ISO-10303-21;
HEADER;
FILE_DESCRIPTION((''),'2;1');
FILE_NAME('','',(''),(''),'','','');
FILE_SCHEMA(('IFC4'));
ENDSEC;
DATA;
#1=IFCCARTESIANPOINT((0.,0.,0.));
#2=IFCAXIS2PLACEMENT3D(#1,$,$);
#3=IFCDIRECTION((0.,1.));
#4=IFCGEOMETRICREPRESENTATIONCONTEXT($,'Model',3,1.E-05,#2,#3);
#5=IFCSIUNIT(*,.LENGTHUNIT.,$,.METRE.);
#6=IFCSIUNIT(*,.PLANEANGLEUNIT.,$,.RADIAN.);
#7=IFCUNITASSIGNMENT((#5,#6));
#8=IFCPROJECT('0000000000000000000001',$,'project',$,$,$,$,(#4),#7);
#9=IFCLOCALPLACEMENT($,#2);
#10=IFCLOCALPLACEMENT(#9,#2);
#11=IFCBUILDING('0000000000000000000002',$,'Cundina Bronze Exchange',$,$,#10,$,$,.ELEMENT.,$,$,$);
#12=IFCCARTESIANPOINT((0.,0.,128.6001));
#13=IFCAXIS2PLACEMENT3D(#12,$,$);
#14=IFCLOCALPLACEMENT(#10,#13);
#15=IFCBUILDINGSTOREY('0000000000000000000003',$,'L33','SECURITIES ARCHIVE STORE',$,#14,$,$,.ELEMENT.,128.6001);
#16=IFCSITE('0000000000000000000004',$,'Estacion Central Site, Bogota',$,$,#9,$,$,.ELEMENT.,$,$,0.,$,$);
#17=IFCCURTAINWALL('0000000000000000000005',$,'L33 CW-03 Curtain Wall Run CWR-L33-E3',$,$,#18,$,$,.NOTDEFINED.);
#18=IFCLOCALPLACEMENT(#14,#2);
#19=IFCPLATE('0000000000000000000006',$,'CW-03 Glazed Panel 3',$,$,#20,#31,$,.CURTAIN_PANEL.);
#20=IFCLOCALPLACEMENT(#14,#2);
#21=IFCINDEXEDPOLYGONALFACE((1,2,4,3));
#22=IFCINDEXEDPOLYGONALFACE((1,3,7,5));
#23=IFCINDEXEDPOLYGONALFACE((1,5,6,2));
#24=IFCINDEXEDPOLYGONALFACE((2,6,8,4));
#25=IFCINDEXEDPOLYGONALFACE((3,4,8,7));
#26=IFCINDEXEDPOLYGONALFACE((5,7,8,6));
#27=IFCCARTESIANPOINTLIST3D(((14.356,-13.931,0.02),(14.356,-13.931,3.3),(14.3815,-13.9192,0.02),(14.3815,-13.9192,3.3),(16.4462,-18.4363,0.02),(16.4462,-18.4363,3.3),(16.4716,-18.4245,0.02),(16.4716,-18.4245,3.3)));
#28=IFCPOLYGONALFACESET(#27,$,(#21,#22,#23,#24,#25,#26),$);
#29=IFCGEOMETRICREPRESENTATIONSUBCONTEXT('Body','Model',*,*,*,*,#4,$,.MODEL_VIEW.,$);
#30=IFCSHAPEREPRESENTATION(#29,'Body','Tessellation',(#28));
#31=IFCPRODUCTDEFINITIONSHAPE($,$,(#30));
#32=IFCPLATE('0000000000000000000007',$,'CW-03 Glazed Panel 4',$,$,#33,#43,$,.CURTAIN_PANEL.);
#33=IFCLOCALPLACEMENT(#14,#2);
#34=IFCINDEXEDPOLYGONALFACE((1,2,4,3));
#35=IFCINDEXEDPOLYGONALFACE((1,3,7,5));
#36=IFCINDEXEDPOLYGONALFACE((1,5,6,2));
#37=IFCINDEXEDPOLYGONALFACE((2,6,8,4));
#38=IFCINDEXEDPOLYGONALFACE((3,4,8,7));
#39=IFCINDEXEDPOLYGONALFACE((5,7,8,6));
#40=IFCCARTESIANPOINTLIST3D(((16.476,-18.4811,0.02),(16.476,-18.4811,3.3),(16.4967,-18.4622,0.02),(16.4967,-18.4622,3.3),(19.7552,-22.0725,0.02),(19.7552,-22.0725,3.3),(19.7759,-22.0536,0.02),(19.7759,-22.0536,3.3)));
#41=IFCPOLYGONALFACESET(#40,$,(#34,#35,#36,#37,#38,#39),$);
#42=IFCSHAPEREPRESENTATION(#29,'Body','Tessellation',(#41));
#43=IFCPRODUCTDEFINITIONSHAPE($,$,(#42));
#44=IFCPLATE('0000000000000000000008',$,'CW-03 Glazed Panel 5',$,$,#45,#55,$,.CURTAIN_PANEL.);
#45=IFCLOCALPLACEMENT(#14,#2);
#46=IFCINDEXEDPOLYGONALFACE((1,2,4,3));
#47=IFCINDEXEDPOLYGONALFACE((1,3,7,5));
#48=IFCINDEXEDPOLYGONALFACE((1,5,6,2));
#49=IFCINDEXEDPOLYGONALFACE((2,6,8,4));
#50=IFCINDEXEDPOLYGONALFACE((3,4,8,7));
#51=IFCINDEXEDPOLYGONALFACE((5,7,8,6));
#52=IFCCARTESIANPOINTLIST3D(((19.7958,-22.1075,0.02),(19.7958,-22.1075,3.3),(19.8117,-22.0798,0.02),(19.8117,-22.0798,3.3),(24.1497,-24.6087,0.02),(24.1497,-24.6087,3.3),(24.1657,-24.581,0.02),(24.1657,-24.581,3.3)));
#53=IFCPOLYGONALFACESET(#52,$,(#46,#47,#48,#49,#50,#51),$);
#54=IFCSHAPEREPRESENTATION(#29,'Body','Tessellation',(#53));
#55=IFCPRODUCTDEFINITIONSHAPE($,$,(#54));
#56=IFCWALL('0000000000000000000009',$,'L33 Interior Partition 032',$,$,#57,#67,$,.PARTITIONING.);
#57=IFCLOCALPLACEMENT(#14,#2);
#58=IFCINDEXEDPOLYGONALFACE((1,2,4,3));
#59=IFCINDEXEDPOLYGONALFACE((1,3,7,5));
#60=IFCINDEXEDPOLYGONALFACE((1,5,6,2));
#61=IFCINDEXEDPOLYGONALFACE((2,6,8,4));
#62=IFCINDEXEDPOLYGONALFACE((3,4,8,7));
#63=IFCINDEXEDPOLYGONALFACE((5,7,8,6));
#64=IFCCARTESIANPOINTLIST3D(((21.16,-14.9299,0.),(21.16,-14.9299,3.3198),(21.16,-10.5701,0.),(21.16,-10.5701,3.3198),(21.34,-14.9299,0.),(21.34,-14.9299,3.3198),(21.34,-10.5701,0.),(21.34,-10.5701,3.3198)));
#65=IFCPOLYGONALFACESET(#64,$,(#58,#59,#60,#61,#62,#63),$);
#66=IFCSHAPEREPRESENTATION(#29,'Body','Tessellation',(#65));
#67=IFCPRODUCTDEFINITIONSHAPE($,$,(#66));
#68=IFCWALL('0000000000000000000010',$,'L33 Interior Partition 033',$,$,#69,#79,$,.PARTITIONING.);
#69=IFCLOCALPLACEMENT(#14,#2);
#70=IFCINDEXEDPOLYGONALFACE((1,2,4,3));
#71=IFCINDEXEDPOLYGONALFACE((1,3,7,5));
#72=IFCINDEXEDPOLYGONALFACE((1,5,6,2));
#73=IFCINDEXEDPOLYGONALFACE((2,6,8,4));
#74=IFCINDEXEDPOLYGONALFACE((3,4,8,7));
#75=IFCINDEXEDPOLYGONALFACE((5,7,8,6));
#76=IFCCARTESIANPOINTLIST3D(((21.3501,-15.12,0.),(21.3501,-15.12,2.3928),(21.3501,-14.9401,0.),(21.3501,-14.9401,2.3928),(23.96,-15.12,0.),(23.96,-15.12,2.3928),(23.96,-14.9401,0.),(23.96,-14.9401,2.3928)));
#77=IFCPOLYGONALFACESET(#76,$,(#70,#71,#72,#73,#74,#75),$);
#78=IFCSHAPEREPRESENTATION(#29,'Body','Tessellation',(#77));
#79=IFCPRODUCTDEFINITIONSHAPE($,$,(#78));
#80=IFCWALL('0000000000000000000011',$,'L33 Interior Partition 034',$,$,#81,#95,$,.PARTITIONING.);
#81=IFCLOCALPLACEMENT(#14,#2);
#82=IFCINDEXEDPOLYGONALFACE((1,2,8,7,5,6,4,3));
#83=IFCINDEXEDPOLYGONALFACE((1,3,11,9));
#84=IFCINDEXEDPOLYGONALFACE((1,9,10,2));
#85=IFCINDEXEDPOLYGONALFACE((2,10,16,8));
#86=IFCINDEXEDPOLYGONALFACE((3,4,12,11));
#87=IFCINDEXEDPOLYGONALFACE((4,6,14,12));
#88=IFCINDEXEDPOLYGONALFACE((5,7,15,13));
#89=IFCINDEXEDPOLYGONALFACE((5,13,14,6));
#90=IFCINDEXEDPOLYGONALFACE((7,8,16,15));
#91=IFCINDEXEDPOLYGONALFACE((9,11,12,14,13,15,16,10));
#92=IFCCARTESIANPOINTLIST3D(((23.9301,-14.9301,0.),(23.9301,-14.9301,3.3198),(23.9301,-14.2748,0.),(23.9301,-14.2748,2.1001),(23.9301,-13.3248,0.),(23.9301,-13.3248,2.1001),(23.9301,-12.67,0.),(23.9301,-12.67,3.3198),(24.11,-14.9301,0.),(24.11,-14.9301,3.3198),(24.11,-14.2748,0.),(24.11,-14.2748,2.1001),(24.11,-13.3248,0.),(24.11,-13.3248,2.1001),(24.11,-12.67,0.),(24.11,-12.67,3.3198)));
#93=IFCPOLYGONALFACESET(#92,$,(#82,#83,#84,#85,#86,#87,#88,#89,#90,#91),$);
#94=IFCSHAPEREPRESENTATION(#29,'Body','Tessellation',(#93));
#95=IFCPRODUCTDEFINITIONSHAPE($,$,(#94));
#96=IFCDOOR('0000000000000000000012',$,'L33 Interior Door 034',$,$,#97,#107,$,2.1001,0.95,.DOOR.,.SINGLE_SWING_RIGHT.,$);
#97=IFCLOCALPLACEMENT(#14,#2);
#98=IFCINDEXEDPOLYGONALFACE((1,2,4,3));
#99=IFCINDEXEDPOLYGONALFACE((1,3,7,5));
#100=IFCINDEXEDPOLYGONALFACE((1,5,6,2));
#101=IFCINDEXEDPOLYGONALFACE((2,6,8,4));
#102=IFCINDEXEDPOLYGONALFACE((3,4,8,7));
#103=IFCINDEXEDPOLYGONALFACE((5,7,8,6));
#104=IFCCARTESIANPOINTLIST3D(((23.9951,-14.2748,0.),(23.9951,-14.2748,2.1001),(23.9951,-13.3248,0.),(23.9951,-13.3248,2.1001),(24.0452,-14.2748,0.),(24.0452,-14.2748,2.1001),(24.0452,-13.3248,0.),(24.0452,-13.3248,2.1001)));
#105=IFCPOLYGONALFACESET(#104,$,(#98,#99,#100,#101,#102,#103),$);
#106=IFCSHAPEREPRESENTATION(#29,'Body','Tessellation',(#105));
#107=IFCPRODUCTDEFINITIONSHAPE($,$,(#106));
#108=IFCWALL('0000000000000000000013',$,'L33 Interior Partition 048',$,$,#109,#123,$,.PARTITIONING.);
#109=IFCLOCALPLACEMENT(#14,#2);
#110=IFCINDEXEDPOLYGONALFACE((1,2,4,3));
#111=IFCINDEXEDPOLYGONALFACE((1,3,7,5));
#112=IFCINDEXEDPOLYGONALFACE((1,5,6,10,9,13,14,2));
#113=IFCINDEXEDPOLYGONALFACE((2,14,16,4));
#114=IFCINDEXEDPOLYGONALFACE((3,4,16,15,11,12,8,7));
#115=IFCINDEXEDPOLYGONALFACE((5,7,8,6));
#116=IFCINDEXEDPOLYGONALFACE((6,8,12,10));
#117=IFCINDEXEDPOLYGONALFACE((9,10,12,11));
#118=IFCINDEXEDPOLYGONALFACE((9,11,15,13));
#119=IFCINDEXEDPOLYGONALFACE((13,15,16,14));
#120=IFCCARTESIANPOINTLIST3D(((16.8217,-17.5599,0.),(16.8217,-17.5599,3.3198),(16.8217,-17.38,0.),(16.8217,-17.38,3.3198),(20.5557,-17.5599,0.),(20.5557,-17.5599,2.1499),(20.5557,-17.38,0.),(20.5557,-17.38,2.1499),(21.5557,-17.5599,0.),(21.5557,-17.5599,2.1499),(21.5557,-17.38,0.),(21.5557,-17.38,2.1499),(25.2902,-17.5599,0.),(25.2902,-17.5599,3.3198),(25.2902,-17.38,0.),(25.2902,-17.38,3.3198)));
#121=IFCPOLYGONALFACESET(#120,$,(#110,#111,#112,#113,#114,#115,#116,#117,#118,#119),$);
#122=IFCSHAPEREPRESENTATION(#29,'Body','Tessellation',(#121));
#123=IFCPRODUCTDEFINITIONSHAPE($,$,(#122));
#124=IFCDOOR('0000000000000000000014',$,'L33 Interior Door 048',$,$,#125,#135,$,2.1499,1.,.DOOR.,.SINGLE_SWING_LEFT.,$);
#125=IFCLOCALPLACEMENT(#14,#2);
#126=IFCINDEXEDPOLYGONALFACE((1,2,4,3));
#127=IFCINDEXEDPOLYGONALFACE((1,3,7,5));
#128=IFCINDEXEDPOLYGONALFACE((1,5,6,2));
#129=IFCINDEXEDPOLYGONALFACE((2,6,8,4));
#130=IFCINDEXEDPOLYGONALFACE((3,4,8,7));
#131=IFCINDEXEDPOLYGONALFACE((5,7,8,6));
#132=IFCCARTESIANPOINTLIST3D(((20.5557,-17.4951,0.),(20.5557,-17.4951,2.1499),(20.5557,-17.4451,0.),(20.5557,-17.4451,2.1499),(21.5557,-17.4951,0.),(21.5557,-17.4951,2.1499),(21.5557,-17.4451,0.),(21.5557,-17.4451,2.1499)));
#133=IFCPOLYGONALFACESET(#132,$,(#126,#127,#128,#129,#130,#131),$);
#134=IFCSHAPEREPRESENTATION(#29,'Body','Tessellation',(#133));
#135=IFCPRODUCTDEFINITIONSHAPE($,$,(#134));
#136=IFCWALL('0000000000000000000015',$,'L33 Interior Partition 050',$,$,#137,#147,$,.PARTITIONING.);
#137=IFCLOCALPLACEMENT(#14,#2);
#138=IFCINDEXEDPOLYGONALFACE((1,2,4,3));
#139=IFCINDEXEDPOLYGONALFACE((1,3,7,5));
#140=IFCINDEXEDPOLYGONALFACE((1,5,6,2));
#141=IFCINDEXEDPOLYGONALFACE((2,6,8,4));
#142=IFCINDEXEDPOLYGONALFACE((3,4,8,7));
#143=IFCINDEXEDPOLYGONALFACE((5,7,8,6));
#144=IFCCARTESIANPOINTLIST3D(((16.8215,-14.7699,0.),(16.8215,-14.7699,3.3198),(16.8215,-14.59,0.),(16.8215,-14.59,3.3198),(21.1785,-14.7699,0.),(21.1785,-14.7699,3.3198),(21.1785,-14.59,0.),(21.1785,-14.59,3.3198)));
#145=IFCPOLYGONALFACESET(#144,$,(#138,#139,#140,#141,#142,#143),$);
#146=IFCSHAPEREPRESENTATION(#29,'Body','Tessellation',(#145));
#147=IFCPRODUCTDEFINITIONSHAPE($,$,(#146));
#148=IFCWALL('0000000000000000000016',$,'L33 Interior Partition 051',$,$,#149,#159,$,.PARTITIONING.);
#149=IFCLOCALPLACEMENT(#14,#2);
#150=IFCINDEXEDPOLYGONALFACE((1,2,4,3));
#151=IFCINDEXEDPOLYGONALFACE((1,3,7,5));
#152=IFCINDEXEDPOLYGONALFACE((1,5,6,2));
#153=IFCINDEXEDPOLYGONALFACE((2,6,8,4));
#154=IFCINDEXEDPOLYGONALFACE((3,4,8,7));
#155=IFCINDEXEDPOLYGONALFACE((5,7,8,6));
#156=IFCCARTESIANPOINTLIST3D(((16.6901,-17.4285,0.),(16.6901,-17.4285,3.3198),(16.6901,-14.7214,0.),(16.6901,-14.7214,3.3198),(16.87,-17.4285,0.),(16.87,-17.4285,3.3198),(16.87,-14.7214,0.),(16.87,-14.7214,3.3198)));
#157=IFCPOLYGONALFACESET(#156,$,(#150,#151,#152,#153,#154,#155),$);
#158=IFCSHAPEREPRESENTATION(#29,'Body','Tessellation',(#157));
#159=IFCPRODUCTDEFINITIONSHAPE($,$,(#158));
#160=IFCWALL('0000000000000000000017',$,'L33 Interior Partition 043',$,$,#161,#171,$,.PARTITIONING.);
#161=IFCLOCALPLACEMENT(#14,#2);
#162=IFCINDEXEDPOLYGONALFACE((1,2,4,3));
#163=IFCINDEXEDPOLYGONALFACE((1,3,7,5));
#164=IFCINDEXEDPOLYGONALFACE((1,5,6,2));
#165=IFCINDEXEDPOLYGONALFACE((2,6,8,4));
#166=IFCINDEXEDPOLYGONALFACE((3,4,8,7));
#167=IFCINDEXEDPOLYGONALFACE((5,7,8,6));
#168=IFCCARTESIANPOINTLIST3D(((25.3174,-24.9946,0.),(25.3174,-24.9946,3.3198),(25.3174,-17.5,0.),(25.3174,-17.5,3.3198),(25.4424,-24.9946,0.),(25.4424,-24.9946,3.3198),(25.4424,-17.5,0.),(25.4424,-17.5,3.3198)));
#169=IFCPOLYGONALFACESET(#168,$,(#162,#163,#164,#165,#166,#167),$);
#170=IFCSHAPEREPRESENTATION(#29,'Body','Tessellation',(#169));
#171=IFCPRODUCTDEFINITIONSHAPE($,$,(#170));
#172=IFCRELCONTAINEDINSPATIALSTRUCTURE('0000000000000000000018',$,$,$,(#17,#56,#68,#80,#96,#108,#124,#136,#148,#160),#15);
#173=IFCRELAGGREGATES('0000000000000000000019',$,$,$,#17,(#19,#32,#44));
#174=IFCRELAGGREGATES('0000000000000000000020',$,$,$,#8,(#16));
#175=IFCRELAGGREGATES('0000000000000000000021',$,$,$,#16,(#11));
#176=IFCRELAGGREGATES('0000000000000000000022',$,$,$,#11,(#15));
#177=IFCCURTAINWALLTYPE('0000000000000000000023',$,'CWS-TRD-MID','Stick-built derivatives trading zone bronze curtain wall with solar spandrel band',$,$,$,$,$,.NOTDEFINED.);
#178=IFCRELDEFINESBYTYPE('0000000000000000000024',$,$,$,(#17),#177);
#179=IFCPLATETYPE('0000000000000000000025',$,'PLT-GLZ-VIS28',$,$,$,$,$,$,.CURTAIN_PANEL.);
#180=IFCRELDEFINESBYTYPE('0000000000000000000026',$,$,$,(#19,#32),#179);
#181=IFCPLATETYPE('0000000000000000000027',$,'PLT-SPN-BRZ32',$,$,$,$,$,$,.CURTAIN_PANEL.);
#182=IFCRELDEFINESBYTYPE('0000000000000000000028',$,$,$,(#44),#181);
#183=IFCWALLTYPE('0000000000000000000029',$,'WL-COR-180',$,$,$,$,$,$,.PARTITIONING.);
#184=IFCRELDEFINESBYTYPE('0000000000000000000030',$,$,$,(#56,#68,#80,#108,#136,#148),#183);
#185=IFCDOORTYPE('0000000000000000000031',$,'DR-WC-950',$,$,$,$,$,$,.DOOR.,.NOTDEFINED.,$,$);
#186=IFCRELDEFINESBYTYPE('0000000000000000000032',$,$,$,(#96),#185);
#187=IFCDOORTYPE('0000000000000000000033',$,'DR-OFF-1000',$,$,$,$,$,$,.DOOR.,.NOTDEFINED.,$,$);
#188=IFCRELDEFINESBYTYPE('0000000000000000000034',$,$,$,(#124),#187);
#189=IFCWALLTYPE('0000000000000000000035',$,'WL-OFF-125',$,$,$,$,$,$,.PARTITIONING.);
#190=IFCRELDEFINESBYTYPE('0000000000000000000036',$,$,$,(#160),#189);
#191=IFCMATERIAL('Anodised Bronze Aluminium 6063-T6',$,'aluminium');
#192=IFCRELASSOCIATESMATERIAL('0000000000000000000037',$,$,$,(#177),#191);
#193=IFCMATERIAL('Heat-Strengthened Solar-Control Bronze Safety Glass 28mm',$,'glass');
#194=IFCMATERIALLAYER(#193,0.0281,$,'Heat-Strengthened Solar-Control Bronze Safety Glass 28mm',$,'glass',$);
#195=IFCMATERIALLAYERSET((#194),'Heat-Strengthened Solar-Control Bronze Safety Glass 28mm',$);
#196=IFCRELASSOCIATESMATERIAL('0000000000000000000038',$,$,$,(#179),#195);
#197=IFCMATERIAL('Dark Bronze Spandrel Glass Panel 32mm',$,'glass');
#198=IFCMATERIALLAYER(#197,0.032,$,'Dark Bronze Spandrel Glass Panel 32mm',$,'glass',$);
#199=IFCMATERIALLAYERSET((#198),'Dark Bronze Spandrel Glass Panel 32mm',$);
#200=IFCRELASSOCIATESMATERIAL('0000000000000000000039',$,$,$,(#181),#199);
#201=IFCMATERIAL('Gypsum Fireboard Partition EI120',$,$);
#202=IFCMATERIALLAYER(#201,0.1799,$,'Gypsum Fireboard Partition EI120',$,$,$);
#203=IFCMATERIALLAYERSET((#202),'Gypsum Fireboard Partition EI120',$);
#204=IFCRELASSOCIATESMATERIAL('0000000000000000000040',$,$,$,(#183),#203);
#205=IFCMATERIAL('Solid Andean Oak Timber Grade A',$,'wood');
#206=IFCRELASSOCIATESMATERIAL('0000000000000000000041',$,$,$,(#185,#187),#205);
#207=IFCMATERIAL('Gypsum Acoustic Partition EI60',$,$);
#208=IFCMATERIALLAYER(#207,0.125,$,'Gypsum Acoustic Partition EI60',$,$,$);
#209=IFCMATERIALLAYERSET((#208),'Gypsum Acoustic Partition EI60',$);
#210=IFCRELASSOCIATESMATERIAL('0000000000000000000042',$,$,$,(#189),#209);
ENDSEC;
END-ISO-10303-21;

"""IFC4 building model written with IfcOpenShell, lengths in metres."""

from ifc_helpers import new_model, si_unit, direction, frame, frame_2d, origin, origin_2d, place, context, subcontext, project, spatial, rectangle, extrude, material, layer, layer_set, type_object, element, fill, aggregate, save


model = new_model("IFC4")

# Units and contexts
model_context = context("Model", 3, precision=1e-05, world=origin(), true_north=direction((0.0, 1.0)))
body_context = subcontext(model_context, "Body", "Model", "MODEL_VIEW")
ifc_project = project(units=[si_unit("LENGTHUNIT", "METRE"), si_unit("PLANEANGLEUNIT", "RADIAN")], contexts=[model_context])

# Site, building, storey
site_placement = place(None, origin())
site = spatial("IfcSite", under=ifc_project, at=site_placement, Name="Estacion Central Site, Bogota", CompositionType="ELEMENT", RefElevation=0.0)
building_placement = place(site_placement, origin())
building = spatial("IfcBuilding", under=site, at=building_placement, Name="Cundina Bronze Exchange", CompositionType="ELEMENT")
storey_placement = place(building_placement, frame((0.0, 0.0, 128.6001)))
storey = spatial("IfcBuildingStorey", under=building, at=storey_placement, Name="L33", Description="SECURITIES ARCHIVE STORE", CompositionType="ELEMENT", Elevation=128.6001)

# Curtain wall, plates
ifc_material_1 = material(Name="Anodised Bronze Aluminium 6063-T6", Category="aluminium")
curtain_wall_type = type_object("IfcCurtainWallType", Name="CWS-TRD-MID", Description="Stick-built derivatives trading zone bronze curtain wall with solar spandrel band", PredefinedType="NOTDEFINED", material=ifc_material_1)
curtain_wall_placement = place(storey_placement, origin())
curtain_wall = element("IfcCurtainWall", 1, at=curtain_wall_placement, inside=storey, type_object=curtain_wall_type, Name="L33 CW-03 Curtain Wall Run CWR-L33-E3", PredefinedType="NOTDEFINED")
ifc_material_2 = material(Name="Heat-Strengthened Solar-Control Bronze Safety Glass 28mm", Category="glass")
ifc_layer_1 = layer(ifc_material_2, 0.0281, Name="Heat-Strengthened Solar-Control Bronze Safety Glass 28mm", Category="glass")
ifc_layer_set_1 = layer_set([ifc_layer_1], Name="Heat-Strengthened Solar-Control Bronze Safety Glass 28mm")
plate_type_1 = type_object("IfcPlateType", Name="PLT-GLZ-VIS28", PredefinedType="CURTAIN_PANEL", material=ifc_layer_set_1)
plate_1_placement = place(storey_placement, frame((15.4138, -16.1777, 0.02), z_axis=(0.0, 0.0, 1.0), x_axis=(0.420846, -0.907132, 0.0)))
plate_1 = element("IfcPlate", 2, at=plate_1_placement, type_object=plate_type_1, Name="CW-03 Glazed Panel 3", PredefinedType="CURTAIN_PANEL", context=body_context, shape_type="SweptSolid", body=[
    extrude(rectangle(XDim=4.9666, YDim=0.0281, at=origin_2d()), origin(), (0.0, 0.0, 1.0), 3.28),
])
plate_2_placement = place(storey_placement, frame((18.126, -20.2673, 0.02), z_axis=(0.0, 0.0, 1.0), x_axis=(0.674277, -0.738479, 0.0)))
plate_2 = element("IfcPlate", 3, at=plate_2_placement, type_object=plate_type_1, Name="CW-03 Glazed Panel 4", PredefinedType="CURTAIN_PANEL", context=body_context, shape_type="SweptSolid", body=[
    extrude(rectangle(XDim=4.8633, YDim=0.0281, at=origin_2d()), origin(), (0.0, 0.0, 1.0), 3.28),
])
ifc_material_3 = material(Name="Dark Bronze Spandrel Glass Panel 32mm", Category="glass")
ifc_layer_2 = layer(ifc_material_3, 0.032, Name="Dark Bronze Spandrel Glass Panel 32mm", Category="glass")
ifc_layer_set_2 = layer_set([ifc_layer_2], Name="Dark Bronze Spandrel Glass Panel 32mm")
plate_type_2 = type_object("IfcPlateType", Name="PLT-SPN-BRZ32", PredefinedType="CURTAIN_PANEL", material=ifc_layer_set_2)
plate_3_placement = place(storey_placement, frame((21.9807, -23.3442, 0.02), z_axis=(0.0, 0.0, 1.0), x_axis=(0.867105, -0.498125, 0.0)))
plate_3 = element("IfcPlate", 4, at=plate_3_placement, type_object=plate_type_2, Name="CW-03 Glazed Panel 5", PredefinedType="CURTAIN_PANEL", context=body_context, shape_type="SweptSolid", body=[
    extrude(rectangle(XDim=5.0212, YDim=0.032, at=origin_2d()), origin(), (0.0, 0.0, 1.0), 3.28),
])
aggregate(curtain_wall, [plate_1, plate_2, plate_3])

# Walls
ifc_material_4 = material(Name="Gypsum Fireboard Partition EI120")
ifc_layer_3 = layer(ifc_material_4, 0.1799, Name="Gypsum Fireboard Partition EI120")
ifc_layer_set_3 = layer_set([ifc_layer_3], Name="Gypsum Fireboard Partition EI120")
wall_type_1 = type_object("IfcWallType", Name="WL-COR-180", PredefinedType="PARTITIONING", material=ifc_layer_set_3)
wall_1_placement = place(storey_placement, frame((21.25, -14.9299, 0.0), z_axis=(0.0, 0.0, 1.0), x_axis=(0.0, 1.0, 0.0)))
element("IfcWall", 5, at=wall_1_placement, inside=storey, type_object=wall_type_1, Name="L33 Interior Partition 032", PredefinedType="PARTITIONING", context=body_context, shape_type="SweptSolid", body=[
    extrude(rectangle(XDim=4.3599, YDim=0.1799, at=frame_2d((2.1799, 0.0))), origin(), (0.0, 0.0, 1.0), 3.3198),
])
wall_2_placement = place(storey_placement, frame((21.3501, -15.03, 0.0), z_axis=(0.0, 0.0, 1.0), x_axis=(1.0, 0.0, 0.0)))
element("IfcWall", 6, at=wall_2_placement, inside=storey, type_object=wall_type_1, Name="L33 Interior Partition 033", PredefinedType="PARTITIONING", context=body_context, shape_type="SweptSolid", body=[
    extrude(rectangle(XDim=2.6099, YDim=0.1799, at=frame_2d((1.3049, 0.0))), origin(), (0.0, 0.0, 1.0), 2.3928),
])

# Walls, openings, doors
wall_3_placement = place(storey_placement, frame((24.02, -14.9299, 0.0), z_axis=(0.0, 0.0, 1.0), x_axis=(0.0, 1.0, 0.0)))
wall_3 = element("IfcWall", 7, at=wall_3_placement, inside=storey, type_object=wall_type_1, Name="L33 Interior Partition 034", PredefinedType="PARTITIONING", context=body_context, shape_type="SweptSolid", body=[
    extrude(rectangle(XDim=2.26, YDim=0.1799, at=frame_2d((1.1299, 0.0))), origin(), (0.0, 0.0, 1.0), 3.3198),
])
opening_1_placement = place(wall_3_placement, frame((0.655, 0.0, 0.0)))
opening_1 = element("IfcOpeningElement", 8, at=opening_1_placement, cuts=wall_3, PredefinedType="OPENING", context=body_context, shape_type="SweptSolid", body=[
    extrude(rectangle(XDim=0.95, YDim=2.1001, at=frame_2d((0.4751, 1.05))), frame((0.0, 0.0999, 0.0), z_axis=(0.0, -1.0, 0.0), x_axis=(1.0, 0.0, 0.0)), (0.0, 0.0, 1.0), 0.2),
])
ifc_material_5 = material(Name="Solid Andean Oak Timber Grade A", Category="wood")
door_type_1 = type_object("IfcDoorType", Name="DR-WC-950", OperationType="NOTDEFINED", PredefinedType="DOOR", material=ifc_material_5)
door_1_placement = place(opening_1_placement, origin())
door_1 = element("IfcDoor", 9, at=door_1_placement, inside=storey, type_object=door_type_1, Name="L33 Interior Door 034", OperationType="SINGLE_SWING_RIGHT", OverallHeight=2.1001, OverallWidth=0.95, PredefinedType="DOOR", context=body_context, shape_type="SweptSolid", body=[
    extrude(rectangle(XDim=0.95, YDim=2.1001, at=frame_2d((0.4751, 1.05))), frame((0.0, 0.0249, 0.0), z_axis=(0.0, -1.0, 0.0), x_axis=(1.0, 0.0, 0.0)), (0.0, 0.0, 1.0), 0.05),
])
fill(opening_1, door_1)
door_type_2 = type_object("IfcDoorType", Name="DR-OFF-1000", OperationType="NOTDEFINED", PredefinedType="DOOR", material=ifc_material_5)
wall_4_placement = place(storey_placement, frame((16.8215, -17.47, 0.0), z_axis=(0.0, 0.0, 1.0), x_axis=(1.0, 0.0, 0.0)))
wall_4 = element("IfcWall", 10, at=wall_4_placement, inside=storey, type_object=wall_type_1, Name="L33 Interior Partition 048", PredefinedType="PARTITIONING", context=body_context, shape_type="SweptSolid", body=[
    extrude(rectangle(XDim=8.4685, YDim=0.1799, at=frame_2d((4.2344, 0.0))), origin(), (0.0, 0.0, 1.0), 3.3198),
])
opening_2_placement = place(wall_4_placement, frame((3.7341, 0.0, 0.0)))
opening_2 = element("IfcOpeningElement", 11, at=opening_2_placement, cuts=wall_4, PredefinedType="OPENING", context=body_context, shape_type="SweptSolid", body=[
    extrude(rectangle(XDim=1.0, YDim=2.1499, at=frame_2d((0.5, 1.075))), frame((0.0, 0.0999, 0.0), z_axis=(0.0, -1.0, 0.0), x_axis=(1.0, 0.0, 0.0)), (0.0, 0.0, 1.0), 0.2),
])
door_2_placement = place(opening_2_placement, origin())
door_2 = element("IfcDoor", 12, at=door_2_placement, inside=storey, type_object=door_type_2, Name="L33 Interior Door 048", OperationType="SINGLE_SWING_LEFT", OverallHeight=2.1499, OverallWidth=1.0, PredefinedType="DOOR", context=body_context, shape_type="SweptSolid", body=[
    extrude(rectangle(XDim=1.0, YDim=2.1499, at=frame_2d((0.5, 1.075))), frame((0.0, 0.0249, 0.0), z_axis=(0.0, -1.0, 0.0), x_axis=(1.0, 0.0, 0.0)), (0.0, 0.0, 1.0), 0.05),
])
fill(opening_2, door_2)

# Walls
wall_5_placement = place(storey_placement, frame((21.1785, -14.6799, 0.0), z_axis=(0.0, 0.0, 1.0), x_axis=(-1.0, 0.0, 0.0)))
element("IfcWall", 13, at=wall_5_placement, inside=storey, type_object=wall_type_1, Name="L33 Interior Partition 050", PredefinedType="PARTITIONING", context=body_context, shape_type="SweptSolid", body=[
    extrude(rectangle(XDim=4.3569, YDim=0.1799, at=frame_2d((2.1785, 0.0))), origin(), (0.0, 0.0, 1.0), 3.3198),
])
wall_6_placement = place(storey_placement, frame((16.78, -14.7214, 0.0), z_axis=(0.0, 0.0, 1.0), x_axis=(0.0, -1.0, 0.0)))
element("IfcWall", 14, at=wall_6_placement, inside=storey, type_object=wall_type_1, Name="L33 Interior Partition 051", PredefinedType="PARTITIONING", context=body_context, shape_type="SweptSolid", body=[
    extrude(rectangle(XDim=2.707, YDim=0.1799, at=frame_2d((1.3535, 0.0))), origin(), (0.0, 0.0, 1.0), 3.3198),
])
ifc_material_6 = material(Name="Gypsum Acoustic Partition EI60")
ifc_layer_4 = layer(ifc_material_6, 0.125, Name="Gypsum Acoustic Partition EI60")
ifc_layer_set_4 = layer_set([ifc_layer_4], Name="Gypsum Acoustic Partition EI60")
wall_type_2 = type_object("IfcWallType", Name="WL-OFF-125", PredefinedType="PARTITIONING", material=ifc_layer_set_4)
wall_7_placement = place(storey_placement, frame((25.3799, -24.9946, 0.0), z_axis=(0.0, 0.0, 1.0), x_axis=(0.0, 1.0, 0.0)))
element("IfcWall", 15, at=wall_7_placement, inside=storey, type_object=wall_type_2, Name="L33 Interior Partition 043", PredefinedType="PARTITIONING", context=body_context, shape_type="SweptSolid", body=[
    extrude(rectangle(XDim=7.4946, YDim=0.125, at=frame_2d((3.7473, 0.0))), origin(), (0.0, 0.0, 1.0), 3.3198),
])

save(model, "model.ifc")
